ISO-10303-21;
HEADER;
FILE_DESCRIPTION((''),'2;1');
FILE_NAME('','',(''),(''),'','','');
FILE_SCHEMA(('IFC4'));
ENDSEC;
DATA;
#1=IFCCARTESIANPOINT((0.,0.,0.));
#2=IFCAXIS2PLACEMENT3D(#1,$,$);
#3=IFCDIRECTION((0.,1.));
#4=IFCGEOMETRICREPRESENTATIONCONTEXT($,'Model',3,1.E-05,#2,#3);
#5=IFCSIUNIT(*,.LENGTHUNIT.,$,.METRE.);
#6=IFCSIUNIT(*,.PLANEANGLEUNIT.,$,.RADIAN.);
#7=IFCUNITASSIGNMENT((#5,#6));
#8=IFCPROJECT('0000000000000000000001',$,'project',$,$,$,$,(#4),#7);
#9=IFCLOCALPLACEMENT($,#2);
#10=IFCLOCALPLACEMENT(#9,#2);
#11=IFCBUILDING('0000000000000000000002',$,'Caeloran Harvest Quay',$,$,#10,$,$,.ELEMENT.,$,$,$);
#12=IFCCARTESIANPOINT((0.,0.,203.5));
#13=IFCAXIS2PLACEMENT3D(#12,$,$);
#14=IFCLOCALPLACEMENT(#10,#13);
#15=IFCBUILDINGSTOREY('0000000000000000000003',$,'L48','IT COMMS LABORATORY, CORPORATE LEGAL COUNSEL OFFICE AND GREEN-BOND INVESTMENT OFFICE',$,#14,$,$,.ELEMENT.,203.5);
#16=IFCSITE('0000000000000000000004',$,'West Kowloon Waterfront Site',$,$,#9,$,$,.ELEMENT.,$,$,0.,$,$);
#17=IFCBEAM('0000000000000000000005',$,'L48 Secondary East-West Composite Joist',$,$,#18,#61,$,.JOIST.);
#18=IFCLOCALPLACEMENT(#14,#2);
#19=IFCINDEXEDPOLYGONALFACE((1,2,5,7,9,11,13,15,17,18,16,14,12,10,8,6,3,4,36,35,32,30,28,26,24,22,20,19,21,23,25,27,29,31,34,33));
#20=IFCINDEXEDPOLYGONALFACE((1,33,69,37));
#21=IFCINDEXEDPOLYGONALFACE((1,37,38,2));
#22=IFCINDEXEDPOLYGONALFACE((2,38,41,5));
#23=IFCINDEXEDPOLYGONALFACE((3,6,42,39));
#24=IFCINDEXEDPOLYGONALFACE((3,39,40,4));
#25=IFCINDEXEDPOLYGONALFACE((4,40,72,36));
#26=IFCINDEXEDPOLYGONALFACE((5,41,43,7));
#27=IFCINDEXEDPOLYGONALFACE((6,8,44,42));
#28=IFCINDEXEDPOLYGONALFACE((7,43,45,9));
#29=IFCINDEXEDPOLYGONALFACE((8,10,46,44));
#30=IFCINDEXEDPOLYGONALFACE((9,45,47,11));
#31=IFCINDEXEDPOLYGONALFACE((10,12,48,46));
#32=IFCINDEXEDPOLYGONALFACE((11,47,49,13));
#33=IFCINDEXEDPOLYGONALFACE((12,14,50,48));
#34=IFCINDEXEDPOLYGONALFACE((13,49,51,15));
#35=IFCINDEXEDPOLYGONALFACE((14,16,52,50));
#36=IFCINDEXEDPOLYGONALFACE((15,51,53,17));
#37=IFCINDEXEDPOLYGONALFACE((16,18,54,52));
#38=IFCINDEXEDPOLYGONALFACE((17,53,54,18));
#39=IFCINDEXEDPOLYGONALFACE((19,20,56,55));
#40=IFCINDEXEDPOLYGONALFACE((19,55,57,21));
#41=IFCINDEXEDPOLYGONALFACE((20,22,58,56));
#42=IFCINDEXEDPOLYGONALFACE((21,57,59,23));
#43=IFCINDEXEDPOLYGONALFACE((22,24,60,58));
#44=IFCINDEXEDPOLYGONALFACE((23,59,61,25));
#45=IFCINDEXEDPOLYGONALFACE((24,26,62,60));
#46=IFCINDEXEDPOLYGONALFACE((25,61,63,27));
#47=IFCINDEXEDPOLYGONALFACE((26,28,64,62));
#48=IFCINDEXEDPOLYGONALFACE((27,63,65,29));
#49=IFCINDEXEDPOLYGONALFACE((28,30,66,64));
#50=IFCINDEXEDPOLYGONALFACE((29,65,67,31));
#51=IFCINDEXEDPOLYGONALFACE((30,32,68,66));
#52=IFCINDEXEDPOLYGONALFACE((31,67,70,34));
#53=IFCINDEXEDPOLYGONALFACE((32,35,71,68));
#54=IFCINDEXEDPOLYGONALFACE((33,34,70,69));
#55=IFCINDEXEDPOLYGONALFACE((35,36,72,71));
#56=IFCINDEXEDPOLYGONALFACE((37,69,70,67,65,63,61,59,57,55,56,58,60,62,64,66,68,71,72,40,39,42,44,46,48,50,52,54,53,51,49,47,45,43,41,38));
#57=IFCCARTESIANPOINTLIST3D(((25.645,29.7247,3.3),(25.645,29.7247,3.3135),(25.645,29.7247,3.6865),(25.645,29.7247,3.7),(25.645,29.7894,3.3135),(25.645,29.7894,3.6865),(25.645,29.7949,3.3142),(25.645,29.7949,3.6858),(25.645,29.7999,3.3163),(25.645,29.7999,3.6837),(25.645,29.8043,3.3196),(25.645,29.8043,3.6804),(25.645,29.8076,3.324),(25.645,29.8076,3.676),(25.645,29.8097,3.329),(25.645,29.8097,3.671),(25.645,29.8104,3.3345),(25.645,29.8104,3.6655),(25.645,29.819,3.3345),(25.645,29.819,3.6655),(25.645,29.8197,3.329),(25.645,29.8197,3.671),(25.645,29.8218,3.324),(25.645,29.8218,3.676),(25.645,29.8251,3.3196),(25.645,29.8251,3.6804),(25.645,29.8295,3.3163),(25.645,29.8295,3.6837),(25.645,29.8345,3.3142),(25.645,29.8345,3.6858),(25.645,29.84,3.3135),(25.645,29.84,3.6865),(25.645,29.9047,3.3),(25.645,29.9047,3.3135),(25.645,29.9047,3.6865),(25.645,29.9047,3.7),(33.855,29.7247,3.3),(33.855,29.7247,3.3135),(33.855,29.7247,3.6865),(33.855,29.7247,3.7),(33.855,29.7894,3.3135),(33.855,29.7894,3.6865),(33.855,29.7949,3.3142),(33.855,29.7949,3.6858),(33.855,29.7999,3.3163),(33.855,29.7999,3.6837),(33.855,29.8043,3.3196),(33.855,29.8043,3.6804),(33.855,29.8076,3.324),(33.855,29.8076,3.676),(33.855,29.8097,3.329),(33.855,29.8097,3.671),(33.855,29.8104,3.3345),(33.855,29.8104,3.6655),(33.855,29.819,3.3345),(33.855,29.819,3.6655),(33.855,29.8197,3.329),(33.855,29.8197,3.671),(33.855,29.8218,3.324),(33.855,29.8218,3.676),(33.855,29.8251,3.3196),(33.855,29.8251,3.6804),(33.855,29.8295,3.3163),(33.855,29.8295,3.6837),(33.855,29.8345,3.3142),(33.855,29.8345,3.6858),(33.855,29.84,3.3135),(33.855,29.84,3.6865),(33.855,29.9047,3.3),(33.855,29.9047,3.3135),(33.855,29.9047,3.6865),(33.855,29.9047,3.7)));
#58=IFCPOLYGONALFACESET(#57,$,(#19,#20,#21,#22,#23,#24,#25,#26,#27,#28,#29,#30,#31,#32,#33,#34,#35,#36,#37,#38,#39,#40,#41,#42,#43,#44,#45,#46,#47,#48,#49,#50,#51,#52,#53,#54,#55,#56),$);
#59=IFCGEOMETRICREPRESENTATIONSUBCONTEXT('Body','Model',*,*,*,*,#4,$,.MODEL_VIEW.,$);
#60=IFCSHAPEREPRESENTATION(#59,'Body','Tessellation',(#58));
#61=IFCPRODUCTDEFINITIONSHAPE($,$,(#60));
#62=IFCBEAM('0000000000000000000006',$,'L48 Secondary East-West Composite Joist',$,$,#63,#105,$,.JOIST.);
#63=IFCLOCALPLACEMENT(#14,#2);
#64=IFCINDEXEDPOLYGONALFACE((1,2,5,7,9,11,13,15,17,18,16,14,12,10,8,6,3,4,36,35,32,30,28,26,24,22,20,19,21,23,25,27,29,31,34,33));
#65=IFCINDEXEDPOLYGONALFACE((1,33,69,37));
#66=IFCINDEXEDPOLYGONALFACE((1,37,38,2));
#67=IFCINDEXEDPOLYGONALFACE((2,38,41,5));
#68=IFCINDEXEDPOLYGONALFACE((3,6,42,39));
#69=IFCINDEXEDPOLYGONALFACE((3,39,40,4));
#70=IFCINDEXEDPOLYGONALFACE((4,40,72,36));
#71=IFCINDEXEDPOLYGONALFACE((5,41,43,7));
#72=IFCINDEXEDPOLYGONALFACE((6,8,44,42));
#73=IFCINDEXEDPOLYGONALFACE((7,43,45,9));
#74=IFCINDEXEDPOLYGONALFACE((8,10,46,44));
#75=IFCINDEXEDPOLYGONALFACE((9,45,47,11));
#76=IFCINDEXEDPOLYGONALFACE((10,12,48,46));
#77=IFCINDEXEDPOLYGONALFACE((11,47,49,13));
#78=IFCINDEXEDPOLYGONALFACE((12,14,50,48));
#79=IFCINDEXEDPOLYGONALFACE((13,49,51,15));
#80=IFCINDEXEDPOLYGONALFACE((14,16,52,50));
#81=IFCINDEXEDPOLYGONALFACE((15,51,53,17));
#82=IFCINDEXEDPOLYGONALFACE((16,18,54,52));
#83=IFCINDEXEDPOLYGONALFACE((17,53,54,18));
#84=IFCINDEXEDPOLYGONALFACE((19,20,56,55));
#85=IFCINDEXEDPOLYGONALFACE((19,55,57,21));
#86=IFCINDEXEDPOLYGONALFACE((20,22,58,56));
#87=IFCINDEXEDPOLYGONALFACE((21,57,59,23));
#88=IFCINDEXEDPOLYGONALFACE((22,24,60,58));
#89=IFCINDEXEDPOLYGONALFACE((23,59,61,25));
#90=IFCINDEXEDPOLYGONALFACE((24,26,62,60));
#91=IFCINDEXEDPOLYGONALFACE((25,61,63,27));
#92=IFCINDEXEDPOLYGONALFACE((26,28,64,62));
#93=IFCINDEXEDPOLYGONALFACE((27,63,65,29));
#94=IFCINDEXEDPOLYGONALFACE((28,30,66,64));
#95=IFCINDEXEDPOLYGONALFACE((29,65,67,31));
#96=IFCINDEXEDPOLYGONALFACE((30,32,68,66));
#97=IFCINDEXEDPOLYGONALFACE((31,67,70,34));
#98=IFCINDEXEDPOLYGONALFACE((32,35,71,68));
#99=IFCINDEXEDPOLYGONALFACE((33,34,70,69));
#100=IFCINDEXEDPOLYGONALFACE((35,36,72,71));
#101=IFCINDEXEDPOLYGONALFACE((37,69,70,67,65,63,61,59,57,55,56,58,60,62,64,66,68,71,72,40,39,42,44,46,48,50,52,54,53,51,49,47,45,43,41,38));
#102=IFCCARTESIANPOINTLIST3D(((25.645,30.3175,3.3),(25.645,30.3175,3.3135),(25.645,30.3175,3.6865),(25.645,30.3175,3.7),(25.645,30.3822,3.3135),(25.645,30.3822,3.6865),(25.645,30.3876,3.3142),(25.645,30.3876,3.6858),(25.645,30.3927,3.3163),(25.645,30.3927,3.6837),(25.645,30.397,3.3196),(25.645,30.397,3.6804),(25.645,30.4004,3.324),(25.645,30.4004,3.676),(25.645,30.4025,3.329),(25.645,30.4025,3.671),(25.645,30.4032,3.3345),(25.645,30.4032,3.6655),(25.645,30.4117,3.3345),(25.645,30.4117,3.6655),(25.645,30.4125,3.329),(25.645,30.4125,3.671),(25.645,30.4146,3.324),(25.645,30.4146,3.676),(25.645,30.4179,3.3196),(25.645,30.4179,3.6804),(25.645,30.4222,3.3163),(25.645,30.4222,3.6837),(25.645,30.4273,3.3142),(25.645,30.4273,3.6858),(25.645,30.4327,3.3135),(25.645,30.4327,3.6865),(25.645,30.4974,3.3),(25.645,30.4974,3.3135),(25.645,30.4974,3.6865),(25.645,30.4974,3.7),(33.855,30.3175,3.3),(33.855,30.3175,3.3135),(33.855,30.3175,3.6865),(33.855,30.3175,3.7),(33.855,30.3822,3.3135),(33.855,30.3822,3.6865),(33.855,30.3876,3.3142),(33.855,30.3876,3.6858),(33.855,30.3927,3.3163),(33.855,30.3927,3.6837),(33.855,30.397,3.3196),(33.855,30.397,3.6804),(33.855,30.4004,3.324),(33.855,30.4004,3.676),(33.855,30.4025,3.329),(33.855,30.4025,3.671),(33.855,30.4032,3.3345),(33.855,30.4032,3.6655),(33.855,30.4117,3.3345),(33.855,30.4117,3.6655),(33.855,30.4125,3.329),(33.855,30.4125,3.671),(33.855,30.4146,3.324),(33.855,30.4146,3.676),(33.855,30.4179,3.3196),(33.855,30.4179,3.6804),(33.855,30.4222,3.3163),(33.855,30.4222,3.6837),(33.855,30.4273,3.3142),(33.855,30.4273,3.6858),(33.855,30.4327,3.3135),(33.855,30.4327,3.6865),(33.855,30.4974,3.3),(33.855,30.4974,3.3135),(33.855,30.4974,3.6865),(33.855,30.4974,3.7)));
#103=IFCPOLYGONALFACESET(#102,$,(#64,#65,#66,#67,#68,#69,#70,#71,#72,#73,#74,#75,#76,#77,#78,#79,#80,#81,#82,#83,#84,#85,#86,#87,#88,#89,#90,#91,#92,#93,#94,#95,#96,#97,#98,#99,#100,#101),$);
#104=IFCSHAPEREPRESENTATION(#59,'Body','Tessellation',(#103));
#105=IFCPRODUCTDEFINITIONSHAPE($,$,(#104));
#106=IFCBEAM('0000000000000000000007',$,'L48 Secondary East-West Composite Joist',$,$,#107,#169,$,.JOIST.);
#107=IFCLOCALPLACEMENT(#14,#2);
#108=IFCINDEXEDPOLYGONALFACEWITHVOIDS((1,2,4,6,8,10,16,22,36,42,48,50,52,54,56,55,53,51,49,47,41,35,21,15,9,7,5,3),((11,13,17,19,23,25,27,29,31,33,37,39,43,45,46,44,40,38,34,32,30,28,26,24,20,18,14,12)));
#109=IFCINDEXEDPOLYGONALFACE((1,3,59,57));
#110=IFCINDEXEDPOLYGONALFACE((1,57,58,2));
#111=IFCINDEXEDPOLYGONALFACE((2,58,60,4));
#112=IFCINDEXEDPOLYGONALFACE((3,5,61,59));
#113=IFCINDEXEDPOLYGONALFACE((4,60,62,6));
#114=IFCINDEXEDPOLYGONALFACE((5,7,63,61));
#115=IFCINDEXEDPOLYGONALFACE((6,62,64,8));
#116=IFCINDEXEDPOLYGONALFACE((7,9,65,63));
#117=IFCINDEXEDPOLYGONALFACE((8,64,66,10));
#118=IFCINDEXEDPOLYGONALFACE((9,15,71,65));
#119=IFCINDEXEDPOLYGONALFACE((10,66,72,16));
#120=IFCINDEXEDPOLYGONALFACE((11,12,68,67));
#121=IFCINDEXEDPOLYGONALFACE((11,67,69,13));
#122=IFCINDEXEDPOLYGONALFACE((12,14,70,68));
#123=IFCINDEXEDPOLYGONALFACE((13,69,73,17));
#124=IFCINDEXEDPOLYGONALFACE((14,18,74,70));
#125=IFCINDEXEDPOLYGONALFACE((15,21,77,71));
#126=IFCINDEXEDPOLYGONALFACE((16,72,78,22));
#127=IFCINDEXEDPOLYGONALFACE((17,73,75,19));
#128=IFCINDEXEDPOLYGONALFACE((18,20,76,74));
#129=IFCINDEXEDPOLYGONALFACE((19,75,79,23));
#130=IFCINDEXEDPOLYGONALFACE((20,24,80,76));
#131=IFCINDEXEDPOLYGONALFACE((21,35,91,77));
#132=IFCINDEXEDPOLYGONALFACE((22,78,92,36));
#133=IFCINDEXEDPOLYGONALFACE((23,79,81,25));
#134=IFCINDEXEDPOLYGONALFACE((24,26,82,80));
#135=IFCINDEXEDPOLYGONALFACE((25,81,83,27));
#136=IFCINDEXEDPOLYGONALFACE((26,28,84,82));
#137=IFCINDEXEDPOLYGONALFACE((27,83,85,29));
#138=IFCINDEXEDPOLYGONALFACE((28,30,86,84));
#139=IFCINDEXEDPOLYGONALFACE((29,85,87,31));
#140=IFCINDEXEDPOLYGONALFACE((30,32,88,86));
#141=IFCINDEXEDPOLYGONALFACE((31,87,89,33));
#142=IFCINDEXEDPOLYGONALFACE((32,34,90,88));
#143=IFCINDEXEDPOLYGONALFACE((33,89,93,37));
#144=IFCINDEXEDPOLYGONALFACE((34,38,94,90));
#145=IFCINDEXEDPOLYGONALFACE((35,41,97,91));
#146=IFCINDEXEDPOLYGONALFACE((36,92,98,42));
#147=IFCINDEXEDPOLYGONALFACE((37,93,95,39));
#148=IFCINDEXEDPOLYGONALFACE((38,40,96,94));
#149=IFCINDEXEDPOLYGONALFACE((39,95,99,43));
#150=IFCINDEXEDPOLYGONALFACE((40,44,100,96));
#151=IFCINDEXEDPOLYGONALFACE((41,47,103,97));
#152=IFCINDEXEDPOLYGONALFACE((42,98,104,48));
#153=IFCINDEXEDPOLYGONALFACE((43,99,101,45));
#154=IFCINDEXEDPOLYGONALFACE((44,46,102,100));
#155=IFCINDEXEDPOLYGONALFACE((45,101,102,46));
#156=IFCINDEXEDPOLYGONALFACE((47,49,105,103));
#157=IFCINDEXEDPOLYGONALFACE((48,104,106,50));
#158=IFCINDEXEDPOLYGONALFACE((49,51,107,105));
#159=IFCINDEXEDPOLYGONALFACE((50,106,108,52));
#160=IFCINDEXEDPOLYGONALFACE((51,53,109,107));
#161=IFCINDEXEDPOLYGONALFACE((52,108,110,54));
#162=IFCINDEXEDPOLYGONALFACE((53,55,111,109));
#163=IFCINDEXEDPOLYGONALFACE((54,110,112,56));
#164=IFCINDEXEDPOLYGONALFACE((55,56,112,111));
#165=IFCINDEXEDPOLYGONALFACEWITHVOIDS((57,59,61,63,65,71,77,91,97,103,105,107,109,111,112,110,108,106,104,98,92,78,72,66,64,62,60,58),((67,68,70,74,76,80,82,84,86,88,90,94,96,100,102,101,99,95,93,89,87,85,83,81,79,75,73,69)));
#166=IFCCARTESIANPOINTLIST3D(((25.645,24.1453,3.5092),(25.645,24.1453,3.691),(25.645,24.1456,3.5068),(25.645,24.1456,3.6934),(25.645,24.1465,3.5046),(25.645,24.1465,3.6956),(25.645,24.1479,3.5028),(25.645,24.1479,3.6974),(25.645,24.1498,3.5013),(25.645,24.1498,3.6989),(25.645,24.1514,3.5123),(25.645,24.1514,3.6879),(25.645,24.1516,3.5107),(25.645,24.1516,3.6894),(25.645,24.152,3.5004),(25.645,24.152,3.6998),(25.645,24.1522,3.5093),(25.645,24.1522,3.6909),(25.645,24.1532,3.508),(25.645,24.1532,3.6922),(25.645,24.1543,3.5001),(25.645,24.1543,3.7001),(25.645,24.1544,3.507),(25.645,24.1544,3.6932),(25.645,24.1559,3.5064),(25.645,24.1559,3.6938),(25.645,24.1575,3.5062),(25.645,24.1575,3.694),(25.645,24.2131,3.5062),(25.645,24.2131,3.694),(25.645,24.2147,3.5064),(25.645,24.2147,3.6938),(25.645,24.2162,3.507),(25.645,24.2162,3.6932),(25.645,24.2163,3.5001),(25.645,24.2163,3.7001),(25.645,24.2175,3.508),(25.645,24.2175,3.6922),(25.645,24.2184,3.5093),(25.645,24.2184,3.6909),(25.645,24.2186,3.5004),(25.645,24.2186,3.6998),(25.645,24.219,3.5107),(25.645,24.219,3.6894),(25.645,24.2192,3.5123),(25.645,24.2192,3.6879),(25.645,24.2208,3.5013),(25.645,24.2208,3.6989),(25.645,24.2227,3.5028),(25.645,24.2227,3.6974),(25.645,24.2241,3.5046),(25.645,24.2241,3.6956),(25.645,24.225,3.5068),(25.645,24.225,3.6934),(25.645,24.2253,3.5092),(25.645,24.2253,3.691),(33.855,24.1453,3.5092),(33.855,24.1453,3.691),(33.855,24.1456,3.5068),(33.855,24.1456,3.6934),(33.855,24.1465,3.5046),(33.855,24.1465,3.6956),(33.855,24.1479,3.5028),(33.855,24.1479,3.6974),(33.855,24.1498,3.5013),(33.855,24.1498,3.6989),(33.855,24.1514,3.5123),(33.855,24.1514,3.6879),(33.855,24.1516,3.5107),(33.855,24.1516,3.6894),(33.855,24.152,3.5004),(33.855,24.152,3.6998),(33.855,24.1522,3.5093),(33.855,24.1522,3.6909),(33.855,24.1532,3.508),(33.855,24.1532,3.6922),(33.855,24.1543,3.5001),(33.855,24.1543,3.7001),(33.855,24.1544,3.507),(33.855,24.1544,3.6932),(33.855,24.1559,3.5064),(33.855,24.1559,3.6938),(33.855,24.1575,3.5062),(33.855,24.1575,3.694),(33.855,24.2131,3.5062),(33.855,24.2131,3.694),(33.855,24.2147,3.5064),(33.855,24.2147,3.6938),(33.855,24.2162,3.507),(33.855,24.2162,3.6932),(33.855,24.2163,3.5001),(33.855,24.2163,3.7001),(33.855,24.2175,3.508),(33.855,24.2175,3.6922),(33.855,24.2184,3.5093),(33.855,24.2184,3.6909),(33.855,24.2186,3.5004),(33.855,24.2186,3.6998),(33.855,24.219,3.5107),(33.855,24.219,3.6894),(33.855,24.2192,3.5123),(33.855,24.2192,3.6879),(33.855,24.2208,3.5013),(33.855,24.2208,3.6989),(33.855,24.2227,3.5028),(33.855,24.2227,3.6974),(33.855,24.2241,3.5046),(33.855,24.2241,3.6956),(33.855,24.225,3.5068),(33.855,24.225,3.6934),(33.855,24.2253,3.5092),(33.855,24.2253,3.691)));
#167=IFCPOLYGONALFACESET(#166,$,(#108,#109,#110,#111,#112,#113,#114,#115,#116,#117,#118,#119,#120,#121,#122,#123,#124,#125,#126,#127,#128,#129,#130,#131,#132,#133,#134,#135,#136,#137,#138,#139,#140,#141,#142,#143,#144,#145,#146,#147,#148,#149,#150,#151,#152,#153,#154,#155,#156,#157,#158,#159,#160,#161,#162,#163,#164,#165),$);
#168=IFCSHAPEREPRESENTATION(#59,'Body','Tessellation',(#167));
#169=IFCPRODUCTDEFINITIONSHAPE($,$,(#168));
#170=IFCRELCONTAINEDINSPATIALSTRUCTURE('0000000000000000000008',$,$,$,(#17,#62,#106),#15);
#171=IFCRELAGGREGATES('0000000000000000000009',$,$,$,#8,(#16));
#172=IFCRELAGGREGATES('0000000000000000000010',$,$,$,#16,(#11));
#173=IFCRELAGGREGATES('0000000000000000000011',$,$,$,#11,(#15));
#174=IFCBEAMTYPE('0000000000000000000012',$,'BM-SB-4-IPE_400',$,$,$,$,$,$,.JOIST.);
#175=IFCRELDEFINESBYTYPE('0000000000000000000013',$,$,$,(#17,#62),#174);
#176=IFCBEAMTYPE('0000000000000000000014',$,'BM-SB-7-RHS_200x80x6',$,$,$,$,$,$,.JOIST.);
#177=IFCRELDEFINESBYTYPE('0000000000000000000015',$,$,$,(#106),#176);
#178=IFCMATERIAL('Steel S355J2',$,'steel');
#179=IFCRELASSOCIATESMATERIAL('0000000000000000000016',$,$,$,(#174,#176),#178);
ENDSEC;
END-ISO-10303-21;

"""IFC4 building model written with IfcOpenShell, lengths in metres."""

from ifc_helpers import new_model, si_unit, direction, frame, origin, origin_2d, place, context, subcontext, project, spatial, hollow_rectangle, i_section, extrude, material, material_profile, profile_set, type_object, element, save


model = new_model("IFC4")

# Units and contexts
model_context = context("Model", 3, precision=1e-05, world=origin(), true_north=direction((0.0, 1.0)))
body_context = subcontext(model_context, "Body", "Model", "MODEL_VIEW")
ifc_project = project(units=[si_unit("LENGTHUNIT", "METRE"), si_unit("PLANEANGLEUNIT", "RADIAN")], contexts=[model_context])

# Site, building, storey
site_placement = place(None, origin())
site = spatial("IfcSite", under=ifc_project, at=site_placement, Name="West Kowloon Waterfront Site", CompositionType="ELEMENT", RefElevation=0.0)
building_placement = place(site_placement, origin())
building = spatial("IfcBuilding", under=site, at=building_placement, Name="Caeloran Harvest Quay", CompositionType="ELEMENT")
storey_placement = place(building_placement, frame((0.0, 0.0, 203.5)))
storey = spatial("IfcBuildingStorey", under=building, at=storey_placement, Name="L48", Description="IT COMMS LABORATORY, CORPORATE LEGAL COUNSEL OFFICE AND GREEN-BOND INVESTMENT OFFICE", CompositionType="ELEMENT", Elevation=203.5)

# Beams
ifc_material_1 = material(Name="Steel S355J2", Category="steel")
ifc_material_profile_1 = material_profile(ifc_material_1, i_section(OverallWidth=0.1799, OverallDepth=0.3999, WebThickness=0.0085, FlangeThickness=0.0134, FilletRadius=0.021, at=origin_2d()), Name="IPE 400")
ifc_profile_set_1 = profile_set([ifc_material_profile_1], Name="Steel S355J2")
beam_type_1 = type_object("IfcBeamType", Name="BM-SB-4-IPE_400", PredefinedType="JOIST", material=ifc_profile_set_1)
for number, where, z_axis, x_axis, name in (
    (1, (25.645, 29.8147, 3.5), (1.0, 0.0, 0.0), (0.0, 1.0, 0.0), "L48 Secondary East-West Composite Joist"),
    (2, (25.645, 30.4075, 3.5), (1.0, 0.0, 0.0), (0.0, 1.0, 0.0), "L48 Secondary East-West Composite Joist"),
):
    element("IfcBeam", number, at=place(storey_placement, frame(where, z_axis=z_axis, x_axis=x_axis)), inside=storey, type_object=beam_type_1, Name=name, PredefinedType="JOIST", context=body_context, shape_type="SweptSolid", body=[
        extrude(i_section(OverallWidth=0.1799, OverallDepth=0.3999, WebThickness=0.0085, FlangeThickness=0.0134, FilletRadius=0.021, at=origin_2d()), origin(), (0.0, 0.0, 1.0), 8.21),
    ])
ifc_material_profile_2 = material_profile(ifc_material_1, hollow_rectangle(XDim=0.0801, YDim=0.2, WallThickness=0.0061, InnerFilletRadius=0.0061, OuterFilletRadius=0.009, at=origin_2d()), Name="RHS 200x80x6")
ifc_profile_set_2 = profile_set([ifc_material_profile_2], Name="Steel S355J2")
beam_type_2 = type_object("IfcBeamType", Name="BM-SB-7-RHS_200x80x6", PredefinedType="JOIST", material=ifc_profile_set_2)
for number, where, z_axis, x_axis, name in (
    (3, (25.645, 24.1853, 3.6001), (1.0, 0.0, 0.0), (0.0, 1.0, 0.0), "L48 Secondary East-West Composite Joist"),
):
    element("IfcBeam", number, at=place(storey_placement, frame(where, z_axis=z_axis, x_axis=x_axis)), inside=storey, type_object=beam_type_2, Name=name, PredefinedType="JOIST", context=body_context, shape_type="SweptSolid", body=[
        extrude(hollow_rectangle(XDim=0.0801, YDim=0.2, WallThickness=0.0061, InnerFilletRadius=0.0061, OuterFilletRadius=0.009, at=origin_2d()), origin(), (0.0, 0.0, 1.0), 8.21),
    ])

save(model, "model.ifc")
